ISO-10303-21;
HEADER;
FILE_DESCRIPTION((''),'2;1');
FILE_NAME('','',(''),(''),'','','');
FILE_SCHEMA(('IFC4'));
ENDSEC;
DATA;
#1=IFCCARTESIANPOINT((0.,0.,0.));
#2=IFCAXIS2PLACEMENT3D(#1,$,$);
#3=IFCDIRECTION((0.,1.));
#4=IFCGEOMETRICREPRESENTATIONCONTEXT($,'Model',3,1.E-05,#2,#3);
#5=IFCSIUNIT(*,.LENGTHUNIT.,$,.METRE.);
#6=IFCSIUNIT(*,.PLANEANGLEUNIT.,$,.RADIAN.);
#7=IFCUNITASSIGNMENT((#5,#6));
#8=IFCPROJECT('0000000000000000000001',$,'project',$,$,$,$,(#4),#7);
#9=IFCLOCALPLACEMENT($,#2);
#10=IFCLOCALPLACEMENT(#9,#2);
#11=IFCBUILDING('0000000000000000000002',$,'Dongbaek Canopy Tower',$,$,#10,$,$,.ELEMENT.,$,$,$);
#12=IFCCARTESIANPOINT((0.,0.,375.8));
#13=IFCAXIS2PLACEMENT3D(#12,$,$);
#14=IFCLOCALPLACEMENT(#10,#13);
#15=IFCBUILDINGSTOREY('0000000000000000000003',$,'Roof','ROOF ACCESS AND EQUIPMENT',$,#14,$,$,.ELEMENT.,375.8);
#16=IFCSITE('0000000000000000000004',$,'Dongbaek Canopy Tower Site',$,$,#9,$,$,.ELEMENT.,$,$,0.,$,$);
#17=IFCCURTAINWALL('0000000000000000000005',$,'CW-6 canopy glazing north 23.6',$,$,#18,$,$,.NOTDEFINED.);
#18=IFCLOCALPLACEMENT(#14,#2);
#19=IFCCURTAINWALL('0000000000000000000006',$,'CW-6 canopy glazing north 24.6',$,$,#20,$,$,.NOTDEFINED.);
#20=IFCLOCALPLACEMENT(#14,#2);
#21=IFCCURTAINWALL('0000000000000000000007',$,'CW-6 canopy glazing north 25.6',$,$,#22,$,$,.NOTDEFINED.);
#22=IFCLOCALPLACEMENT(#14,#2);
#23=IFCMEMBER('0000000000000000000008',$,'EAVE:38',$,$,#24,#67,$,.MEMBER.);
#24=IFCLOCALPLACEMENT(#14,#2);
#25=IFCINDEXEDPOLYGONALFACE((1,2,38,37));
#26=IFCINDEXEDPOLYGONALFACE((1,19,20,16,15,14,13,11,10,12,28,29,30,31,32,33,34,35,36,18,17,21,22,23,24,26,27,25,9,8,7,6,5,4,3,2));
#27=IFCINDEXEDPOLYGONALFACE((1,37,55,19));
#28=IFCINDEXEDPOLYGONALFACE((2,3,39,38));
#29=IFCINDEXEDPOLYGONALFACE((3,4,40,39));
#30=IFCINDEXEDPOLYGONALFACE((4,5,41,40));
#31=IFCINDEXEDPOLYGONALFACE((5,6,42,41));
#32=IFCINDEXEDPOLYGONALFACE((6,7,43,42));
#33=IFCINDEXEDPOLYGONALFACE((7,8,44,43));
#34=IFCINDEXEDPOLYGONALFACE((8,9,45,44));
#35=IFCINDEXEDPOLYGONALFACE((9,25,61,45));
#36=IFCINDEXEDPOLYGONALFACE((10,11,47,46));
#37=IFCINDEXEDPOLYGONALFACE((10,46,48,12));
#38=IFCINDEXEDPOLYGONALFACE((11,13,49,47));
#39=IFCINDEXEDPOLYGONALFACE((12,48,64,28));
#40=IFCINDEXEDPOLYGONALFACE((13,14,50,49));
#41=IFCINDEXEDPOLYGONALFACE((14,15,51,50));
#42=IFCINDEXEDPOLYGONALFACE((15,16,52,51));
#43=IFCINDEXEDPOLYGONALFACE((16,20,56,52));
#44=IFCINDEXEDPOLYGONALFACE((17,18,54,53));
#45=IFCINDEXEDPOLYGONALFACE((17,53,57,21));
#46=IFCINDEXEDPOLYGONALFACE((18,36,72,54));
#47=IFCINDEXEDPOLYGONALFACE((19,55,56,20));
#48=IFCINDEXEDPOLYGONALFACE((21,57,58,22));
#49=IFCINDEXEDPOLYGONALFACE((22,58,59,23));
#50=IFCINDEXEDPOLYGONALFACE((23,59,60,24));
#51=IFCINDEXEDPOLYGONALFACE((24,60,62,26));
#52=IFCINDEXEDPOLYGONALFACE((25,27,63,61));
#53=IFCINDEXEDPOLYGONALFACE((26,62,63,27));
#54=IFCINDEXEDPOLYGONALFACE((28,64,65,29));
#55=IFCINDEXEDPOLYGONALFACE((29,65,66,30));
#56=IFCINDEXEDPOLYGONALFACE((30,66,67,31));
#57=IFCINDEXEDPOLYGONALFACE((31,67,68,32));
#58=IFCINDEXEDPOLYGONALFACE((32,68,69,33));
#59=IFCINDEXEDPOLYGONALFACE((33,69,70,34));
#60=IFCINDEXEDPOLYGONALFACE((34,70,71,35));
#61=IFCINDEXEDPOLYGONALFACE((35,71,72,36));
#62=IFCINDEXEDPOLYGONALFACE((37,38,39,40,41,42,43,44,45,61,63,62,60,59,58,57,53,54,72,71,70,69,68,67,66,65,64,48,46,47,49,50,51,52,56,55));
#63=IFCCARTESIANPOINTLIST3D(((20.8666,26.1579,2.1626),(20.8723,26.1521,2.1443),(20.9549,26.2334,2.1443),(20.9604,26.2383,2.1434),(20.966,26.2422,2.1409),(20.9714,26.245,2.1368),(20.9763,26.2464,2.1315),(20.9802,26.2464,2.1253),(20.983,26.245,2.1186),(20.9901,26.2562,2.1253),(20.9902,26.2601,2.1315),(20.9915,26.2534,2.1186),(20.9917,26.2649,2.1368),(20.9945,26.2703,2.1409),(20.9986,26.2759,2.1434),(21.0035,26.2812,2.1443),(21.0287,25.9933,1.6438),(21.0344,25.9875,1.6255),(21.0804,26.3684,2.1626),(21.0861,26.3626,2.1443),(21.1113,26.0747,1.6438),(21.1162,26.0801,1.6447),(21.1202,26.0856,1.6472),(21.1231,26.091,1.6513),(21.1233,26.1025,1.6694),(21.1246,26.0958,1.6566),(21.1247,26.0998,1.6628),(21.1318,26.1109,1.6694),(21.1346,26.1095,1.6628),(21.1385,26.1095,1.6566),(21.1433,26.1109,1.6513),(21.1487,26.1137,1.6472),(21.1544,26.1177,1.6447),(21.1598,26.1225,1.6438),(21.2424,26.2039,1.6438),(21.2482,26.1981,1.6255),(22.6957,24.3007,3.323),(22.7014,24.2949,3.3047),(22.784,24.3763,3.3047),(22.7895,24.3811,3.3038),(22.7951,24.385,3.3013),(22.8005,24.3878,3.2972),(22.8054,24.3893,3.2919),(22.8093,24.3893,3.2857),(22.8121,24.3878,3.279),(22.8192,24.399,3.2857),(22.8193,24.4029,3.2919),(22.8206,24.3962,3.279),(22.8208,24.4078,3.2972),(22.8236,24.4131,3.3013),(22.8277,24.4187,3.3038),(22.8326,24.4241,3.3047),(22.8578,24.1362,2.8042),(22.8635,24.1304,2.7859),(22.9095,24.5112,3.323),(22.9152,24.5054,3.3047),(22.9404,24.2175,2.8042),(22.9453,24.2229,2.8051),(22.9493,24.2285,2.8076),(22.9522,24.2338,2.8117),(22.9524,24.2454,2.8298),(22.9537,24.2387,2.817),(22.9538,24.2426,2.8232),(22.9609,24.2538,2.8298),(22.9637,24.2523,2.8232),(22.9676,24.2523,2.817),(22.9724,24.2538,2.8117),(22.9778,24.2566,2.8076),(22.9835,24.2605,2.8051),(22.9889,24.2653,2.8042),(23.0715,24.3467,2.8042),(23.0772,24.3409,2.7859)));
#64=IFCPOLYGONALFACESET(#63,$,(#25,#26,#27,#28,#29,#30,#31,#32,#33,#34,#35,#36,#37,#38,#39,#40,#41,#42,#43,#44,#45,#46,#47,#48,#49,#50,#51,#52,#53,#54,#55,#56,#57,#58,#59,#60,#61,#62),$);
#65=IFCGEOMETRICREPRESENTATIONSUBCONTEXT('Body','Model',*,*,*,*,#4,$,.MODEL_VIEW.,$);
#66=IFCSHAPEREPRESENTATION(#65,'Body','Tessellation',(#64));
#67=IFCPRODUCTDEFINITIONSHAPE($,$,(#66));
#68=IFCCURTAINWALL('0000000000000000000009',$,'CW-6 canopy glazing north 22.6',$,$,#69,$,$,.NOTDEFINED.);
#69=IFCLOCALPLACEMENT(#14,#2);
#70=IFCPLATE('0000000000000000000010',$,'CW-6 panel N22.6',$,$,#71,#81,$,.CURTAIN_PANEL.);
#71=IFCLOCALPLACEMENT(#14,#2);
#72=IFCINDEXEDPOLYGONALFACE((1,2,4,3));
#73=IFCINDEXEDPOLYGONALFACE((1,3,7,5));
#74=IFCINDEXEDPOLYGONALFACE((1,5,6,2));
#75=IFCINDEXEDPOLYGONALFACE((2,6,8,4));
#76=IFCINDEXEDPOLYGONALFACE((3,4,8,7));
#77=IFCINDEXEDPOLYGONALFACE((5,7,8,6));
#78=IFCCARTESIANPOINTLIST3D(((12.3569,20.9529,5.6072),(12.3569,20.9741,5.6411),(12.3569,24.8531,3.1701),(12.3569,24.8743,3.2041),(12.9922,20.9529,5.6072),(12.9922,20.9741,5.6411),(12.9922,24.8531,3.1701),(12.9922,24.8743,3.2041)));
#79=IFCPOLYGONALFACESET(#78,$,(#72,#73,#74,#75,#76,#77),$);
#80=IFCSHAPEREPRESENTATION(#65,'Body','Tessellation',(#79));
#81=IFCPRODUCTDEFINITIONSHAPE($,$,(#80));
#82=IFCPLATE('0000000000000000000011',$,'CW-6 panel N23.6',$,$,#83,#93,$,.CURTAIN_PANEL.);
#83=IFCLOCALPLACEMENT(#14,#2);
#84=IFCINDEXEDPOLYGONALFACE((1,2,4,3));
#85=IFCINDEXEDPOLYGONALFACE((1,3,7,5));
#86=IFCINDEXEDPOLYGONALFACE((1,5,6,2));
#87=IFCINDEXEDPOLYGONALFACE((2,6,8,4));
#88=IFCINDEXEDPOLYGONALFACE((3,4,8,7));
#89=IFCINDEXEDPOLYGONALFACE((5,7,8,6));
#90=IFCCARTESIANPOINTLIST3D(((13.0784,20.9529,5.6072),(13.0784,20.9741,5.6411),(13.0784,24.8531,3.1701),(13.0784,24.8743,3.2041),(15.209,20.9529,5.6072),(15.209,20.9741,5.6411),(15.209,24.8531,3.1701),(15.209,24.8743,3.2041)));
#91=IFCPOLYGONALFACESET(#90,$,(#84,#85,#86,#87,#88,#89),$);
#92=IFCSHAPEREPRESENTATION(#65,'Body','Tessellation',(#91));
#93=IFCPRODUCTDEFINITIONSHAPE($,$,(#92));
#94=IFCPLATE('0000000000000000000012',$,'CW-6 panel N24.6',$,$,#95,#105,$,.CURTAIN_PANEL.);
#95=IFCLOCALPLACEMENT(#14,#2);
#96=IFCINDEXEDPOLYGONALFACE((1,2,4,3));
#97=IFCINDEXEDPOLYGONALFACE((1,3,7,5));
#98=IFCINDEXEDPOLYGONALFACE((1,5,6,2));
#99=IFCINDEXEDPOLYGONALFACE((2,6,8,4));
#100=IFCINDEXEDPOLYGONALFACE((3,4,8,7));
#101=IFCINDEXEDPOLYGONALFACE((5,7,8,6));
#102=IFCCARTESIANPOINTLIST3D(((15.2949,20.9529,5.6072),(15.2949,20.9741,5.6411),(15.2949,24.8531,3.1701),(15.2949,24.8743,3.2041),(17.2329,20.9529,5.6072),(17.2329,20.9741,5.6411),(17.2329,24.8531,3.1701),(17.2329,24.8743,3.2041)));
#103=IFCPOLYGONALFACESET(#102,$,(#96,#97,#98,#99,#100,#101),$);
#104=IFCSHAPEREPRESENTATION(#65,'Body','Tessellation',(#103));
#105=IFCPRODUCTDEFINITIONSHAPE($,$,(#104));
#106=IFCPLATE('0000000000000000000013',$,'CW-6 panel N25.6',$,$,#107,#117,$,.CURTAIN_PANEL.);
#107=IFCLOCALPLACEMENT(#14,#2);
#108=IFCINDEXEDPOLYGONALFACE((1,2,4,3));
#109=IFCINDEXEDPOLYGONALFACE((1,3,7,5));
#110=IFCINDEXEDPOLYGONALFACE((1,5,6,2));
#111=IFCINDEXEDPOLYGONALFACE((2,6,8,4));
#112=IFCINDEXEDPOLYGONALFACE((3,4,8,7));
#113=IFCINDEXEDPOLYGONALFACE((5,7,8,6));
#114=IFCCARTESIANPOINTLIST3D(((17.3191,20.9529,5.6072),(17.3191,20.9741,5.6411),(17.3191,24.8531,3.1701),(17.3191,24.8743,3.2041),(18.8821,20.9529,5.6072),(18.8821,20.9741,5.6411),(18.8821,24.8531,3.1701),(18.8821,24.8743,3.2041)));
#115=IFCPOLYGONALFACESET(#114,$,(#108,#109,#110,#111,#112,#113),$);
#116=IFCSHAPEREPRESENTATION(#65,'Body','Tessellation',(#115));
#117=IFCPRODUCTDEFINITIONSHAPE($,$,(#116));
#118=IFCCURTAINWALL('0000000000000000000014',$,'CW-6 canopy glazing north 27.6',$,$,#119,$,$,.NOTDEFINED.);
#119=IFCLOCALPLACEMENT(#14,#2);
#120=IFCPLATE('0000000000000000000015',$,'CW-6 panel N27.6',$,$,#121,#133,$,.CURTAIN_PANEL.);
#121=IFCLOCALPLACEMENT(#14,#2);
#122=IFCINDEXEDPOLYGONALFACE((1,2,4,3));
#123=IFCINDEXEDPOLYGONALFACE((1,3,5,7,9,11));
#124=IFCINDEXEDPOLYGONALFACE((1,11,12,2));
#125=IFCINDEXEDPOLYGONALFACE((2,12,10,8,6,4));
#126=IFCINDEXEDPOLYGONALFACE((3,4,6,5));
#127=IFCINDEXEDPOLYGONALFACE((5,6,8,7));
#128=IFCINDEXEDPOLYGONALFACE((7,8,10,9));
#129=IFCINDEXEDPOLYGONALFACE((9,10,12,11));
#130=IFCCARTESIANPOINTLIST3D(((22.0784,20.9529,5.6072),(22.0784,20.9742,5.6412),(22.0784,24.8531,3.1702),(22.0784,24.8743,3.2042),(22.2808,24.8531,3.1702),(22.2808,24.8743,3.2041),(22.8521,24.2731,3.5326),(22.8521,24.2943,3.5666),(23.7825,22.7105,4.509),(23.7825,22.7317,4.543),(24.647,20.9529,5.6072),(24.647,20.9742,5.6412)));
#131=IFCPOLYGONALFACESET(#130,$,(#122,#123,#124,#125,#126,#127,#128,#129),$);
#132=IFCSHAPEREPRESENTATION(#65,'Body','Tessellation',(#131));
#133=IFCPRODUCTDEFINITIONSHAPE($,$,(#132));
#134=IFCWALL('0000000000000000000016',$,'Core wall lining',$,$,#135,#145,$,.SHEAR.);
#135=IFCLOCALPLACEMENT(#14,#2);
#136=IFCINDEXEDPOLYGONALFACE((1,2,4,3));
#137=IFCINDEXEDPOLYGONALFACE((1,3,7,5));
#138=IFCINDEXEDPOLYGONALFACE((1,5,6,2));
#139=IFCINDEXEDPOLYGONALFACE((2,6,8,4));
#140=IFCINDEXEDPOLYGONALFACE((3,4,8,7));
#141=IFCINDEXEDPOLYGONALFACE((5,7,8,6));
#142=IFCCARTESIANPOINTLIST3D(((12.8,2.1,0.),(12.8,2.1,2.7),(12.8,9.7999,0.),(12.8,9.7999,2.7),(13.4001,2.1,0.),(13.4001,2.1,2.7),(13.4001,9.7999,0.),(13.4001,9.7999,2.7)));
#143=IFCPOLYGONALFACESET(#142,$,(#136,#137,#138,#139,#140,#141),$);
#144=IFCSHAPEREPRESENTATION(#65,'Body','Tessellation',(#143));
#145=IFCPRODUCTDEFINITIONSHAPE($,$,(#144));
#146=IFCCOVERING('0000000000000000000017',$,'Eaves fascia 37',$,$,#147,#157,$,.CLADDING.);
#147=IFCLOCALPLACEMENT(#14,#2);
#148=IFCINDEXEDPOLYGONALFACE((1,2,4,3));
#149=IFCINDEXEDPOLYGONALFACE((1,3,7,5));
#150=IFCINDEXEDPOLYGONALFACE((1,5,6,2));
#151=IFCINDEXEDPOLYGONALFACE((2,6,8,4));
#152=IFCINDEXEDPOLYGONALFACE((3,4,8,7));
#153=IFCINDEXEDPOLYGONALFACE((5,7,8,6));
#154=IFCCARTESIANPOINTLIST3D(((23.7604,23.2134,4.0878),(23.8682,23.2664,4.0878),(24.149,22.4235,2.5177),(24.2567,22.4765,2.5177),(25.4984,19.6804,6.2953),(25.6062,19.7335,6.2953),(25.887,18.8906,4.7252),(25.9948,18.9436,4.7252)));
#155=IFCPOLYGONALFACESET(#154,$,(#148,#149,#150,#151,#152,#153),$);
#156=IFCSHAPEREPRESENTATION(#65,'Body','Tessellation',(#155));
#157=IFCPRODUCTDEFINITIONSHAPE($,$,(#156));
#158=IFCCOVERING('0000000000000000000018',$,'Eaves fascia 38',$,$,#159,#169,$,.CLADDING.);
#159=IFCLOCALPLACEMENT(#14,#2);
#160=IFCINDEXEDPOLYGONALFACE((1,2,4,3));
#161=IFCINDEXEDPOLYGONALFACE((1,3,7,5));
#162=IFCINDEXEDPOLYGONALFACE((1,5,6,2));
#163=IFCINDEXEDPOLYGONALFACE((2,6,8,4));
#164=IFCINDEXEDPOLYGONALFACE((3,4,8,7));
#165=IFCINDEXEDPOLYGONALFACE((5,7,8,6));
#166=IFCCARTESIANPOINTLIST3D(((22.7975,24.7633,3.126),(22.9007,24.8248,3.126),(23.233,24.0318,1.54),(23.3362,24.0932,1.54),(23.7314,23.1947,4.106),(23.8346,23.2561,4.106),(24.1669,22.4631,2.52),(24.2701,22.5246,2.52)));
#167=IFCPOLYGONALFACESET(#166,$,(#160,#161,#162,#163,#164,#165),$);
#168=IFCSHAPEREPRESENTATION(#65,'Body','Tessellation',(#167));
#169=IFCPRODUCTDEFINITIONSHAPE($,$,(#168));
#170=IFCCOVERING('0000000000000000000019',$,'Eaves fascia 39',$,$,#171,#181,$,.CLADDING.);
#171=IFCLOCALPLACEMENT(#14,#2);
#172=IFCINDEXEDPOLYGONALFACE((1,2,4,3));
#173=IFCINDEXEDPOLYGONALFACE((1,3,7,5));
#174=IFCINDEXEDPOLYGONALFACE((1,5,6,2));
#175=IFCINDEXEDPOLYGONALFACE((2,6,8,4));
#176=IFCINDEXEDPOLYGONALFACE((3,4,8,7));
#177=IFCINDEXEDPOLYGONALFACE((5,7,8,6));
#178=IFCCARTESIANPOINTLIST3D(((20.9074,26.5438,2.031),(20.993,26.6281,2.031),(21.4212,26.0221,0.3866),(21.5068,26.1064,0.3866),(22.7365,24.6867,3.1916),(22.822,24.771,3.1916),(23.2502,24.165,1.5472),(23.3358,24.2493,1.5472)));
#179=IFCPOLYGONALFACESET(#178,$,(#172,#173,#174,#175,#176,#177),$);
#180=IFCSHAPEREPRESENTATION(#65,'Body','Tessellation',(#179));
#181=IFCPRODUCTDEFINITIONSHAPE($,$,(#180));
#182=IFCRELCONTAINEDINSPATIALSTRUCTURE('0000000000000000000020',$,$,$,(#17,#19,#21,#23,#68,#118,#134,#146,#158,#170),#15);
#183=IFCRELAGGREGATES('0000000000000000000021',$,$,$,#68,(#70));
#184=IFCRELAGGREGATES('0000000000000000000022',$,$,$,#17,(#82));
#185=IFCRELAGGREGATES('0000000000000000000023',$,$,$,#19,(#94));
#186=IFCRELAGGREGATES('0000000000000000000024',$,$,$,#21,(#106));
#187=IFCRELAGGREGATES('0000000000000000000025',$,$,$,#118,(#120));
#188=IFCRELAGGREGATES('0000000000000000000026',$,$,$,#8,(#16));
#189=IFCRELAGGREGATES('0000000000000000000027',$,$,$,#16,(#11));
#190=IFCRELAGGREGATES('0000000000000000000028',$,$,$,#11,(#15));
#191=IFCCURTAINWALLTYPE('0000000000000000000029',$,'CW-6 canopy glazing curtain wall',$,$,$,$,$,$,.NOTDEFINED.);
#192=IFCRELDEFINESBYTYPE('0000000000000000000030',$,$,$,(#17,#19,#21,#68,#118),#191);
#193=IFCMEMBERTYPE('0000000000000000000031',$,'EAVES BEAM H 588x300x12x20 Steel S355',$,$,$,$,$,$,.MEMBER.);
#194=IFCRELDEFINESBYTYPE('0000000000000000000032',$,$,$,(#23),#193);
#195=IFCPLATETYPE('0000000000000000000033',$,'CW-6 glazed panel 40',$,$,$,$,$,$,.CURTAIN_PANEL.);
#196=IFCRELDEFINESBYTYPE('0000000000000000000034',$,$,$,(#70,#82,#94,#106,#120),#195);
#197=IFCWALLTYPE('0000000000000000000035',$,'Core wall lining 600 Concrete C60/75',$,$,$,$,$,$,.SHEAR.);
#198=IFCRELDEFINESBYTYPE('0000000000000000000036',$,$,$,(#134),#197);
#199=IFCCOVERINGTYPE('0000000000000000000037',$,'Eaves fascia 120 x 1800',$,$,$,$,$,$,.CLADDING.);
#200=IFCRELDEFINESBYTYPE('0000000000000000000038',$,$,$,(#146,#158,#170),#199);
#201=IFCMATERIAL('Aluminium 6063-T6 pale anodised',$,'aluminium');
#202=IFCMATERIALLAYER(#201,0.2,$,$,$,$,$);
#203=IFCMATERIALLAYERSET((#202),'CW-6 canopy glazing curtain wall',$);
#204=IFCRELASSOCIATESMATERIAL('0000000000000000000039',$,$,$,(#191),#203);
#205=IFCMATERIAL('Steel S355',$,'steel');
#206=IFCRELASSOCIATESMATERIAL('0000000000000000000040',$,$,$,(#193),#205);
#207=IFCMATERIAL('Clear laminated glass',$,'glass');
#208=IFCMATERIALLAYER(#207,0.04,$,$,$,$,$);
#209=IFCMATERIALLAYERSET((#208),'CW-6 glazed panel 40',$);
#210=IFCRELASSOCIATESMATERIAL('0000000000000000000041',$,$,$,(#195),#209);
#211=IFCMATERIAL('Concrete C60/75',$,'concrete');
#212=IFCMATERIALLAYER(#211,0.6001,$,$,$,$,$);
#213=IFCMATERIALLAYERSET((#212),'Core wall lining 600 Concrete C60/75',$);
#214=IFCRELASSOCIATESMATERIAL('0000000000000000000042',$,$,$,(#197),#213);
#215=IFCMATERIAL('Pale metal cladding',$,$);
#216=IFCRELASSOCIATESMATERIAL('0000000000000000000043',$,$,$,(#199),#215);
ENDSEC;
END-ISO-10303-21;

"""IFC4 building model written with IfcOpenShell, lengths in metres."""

from ifc_helpers import new_model, si_unit, direction, frame, frame_2d, origin, origin_2d, place, context, subcontext, project, spatial, polyline, rectangle, i_section, outline, extrude, material, layer, layer_set, material_profile, profile_set, type_object, element, aggregate, save


model = new_model("IFC4")

# Units and contexts
model_context = context("Model", 3, precision=1e-05, world=origin(), true_north=direction((0.0, 1.0)))
body_context = subcontext(model_context, "Body", "Model", "MODEL_VIEW")
ifc_project = project(units=[si_unit("LENGTHUNIT", "METRE"), si_unit("PLANEANGLEUNIT", "RADIAN")], contexts=[model_context])

# Site, building, storey
site_placement = place(None, origin())
site = spatial("IfcSite", under=ifc_project, at=site_placement, Name="Dongbaek Canopy Tower Site", CompositionType="ELEMENT", RefElevation=0.0)
building_placement = place(site_placement, origin())
building = spatial("IfcBuilding", under=site, at=building_placement, Name="Dongbaek Canopy Tower", CompositionType="ELEMENT")
storey_placement = place(building_placement, frame((0.0, 0.0, 375.8)))
storey = spatial("IfcBuildingStorey", under=building, at=storey_placement, Name="Roof", Description="ROOF ACCESS AND EQUIPMENT", CompositionType="ELEMENT", Elevation=375.8)

# Curtain walls
ifc_material_1 = material(Name="Aluminium 6063-T6 pale anodised", Category="aluminium")
ifc_layer_1 = layer(ifc_material_1, 0.2)
ifc_layer_set_1 = layer_set([ifc_layer_1], Name="CW-6 canopy glazing curtain wall")
curtain_wall_type = type_object("IfcCurtainWallType", Name="CW-6 canopy glazing curtain wall", PredefinedType="NOTDEFINED", material=ifc_layer_set_1)
curtain_wall_1_placement = place(storey_placement, origin())
curtain_wall_1 = element("IfcCurtainWall", 1, at=curtain_wall_1_placement, inside=storey, type_object=curtain_wall_type, Name="CW-6 canopy glazing north 23.6", PredefinedType="NOTDEFINED")
curtain_wall_2_placement = place(storey_placement, origin())
curtain_wall_2 = element("IfcCurtainWall", 2, at=curtain_wall_2_placement, inside=storey, type_object=curtain_wall_type, Name="CW-6 canopy glazing north 24.6", PredefinedType="NOTDEFINED")
curtain_wall_3_placement = place(storey_placement, origin())
curtain_wall_3 = element("IfcCurtainWall", 3, at=curtain_wall_3_placement, inside=storey, type_object=curtain_wall_type, Name="CW-6 canopy glazing north 25.6", PredefinedType="NOTDEFINED")

# Member
ifc_material_2 = material(Name="Steel S355", Category="steel")
ifc_material_profile_1 = material_profile(ifc_material_2, i_section(OverallWidth=0.3, OverallDepth=0.5879, WebThickness=0.012, FlangeThickness=0.02, FilletRadius=0.0281, at=origin_2d()), Name="EAVES BEAM H 588x300x12x20 Steel S355")
ifc_profile_set_1 = profile_set([ifc_material_profile_1], Name="Steel S355")
member_type_1 = type_object("IfcMemberType", Name="EAVES BEAM H 588x300x12x20 Steel S355", PredefinedType="MEMBER", material=ifc_profile_set_1)
member_1_placement = place(storey_placement, frame((22.8865, 24.3208, 3.0544), z_axis=(-0.641051, 0.65089, -0.406689), x_axis=(-0.712472, -0.701701, 0.0)))
element("IfcMember", 4, at=member_1_placement, inside=storey, type_object=member_type_1, Name="EAVE:38", PredefinedType="MEMBER", context=body_context, shape_type="SweptSolid", body=[
    extrude(i_section(OverallWidth=0.3, OverallDepth=0.5879, WebThickness=0.012, FlangeThickness=0.02, FilletRadius=0.0281, at=origin_2d()), origin(), (0.0, 0.0, 1.0), 2.8533),
])

# Curtain wall, plate
curtain_wall_4_placement = place(storey_placement, origin())
curtain_wall_4 = element("IfcCurtainWall", 5, at=curtain_wall_4_placement, inside=storey, type_object=curtain_wall_type, Name="CW-6 canopy glazing north 22.6", PredefinedType="NOTDEFINED")
ifc_material_3 = material(Name="Clear laminated glass", Category="glass")
ifc_layer_2 = layer(ifc_material_3, 0.04)
ifc_layer_set_2 = layer_set([ifc_layer_2], Name="CW-6 glazed panel 40")
plate_type = type_object("IfcPlateType", Name="CW-6 glazed panel 40", PredefinedType="CURTAIN_PANEL", material=ifc_layer_set_2)
plate_1_placement = place(storey_placement, frame((12.9922, 20.9741, 5.6411), z_axis=(0.0, 0.529908, 0.848055), x_axis=(-1.0, 0.0, 0.0)))
plate_1 = element("IfcPlate", 6, at=plate_1_placement, type_object=plate_type, Name="CW-6 panel N22.6", PredefinedType="CURTAIN_PANEL", context=body_context, shape_type="SweptSolid", body=[
    extrude(outline(polyline([(0.0, 0.0), (0.6353, 0.0), (0.6353, -4.5989), (0.0, -4.5989), (0.0, 0.0)])), origin(), (0.0, 0.0, -1.0), 0.04),
])
aggregate(curtain_wall_4, [plate_1])

# Plates
plate_2_placement = place(storey_placement, frame((15.209, 20.9741, 5.6411), z_axis=(0.0, 0.529908, 0.848055), x_axis=(-1.0, 0.0, 0.0)))
plate_2 = element("IfcPlate", 7, at=plate_2_placement, type_object=plate_type, Name="CW-6 panel N23.6", PredefinedType="CURTAIN_PANEL", context=body_context, shape_type="SweptSolid", body=[
    extrude(outline(polyline([(0.0, 0.0), (2.1306, 0.0), (2.1306, -4.5989), (0.0, -4.5989), (0.0, 0.0)])), origin(), (0.0, 0.0, -1.0), 0.04),
])
aggregate(curtain_wall_1, [plate_2])
plate_3_placement = place(storey_placement, frame((17.2329, 20.9741, 5.6411), z_axis=(0.0, 0.529908, 0.848055), x_axis=(-1.0, 0.0, 0.0)))
plate_3 = element("IfcPlate", 8, at=plate_3_placement, type_object=plate_type, Name="CW-6 panel N24.6", PredefinedType="CURTAIN_PANEL", context=body_context, shape_type="SweptSolid", body=[
    extrude(outline(polyline([(0.0, 0.0), (1.938, 0.0), (1.938, -4.5989), (0.0, -4.5989), (0.0, 0.0)])), origin(), (0.0, 0.0, -1.0), 0.04),
])
aggregate(curtain_wall_2, [plate_3])
plate_4_placement = place(storey_placement, frame((18.8821, 20.9741, 5.6411), z_axis=(0.0, 0.529908, 0.848055), x_axis=(-1.0, 0.0, 0.0)))
plate_4 = element("IfcPlate", 9, at=plate_4_placement, type_object=plate_type, Name="CW-6 panel N25.6", PredefinedType="CURTAIN_PANEL", context=body_context, shape_type="SweptSolid", body=[
    extrude(outline(polyline([(0.0, 0.0), (1.563, 0.0), (1.563, -4.5989), (0.0, -4.5989), (0.0, 0.0)])), origin(), (0.0, 0.0, -1.0), 0.04),
])
aggregate(curtain_wall_3, [plate_4])

# Curtain wall, plate
curtain_wall_5_placement = place(storey_placement, origin())
curtain_wall_5 = element("IfcCurtainWall", 10, at=curtain_wall_5_placement, inside=storey, type_object=curtain_wall_type, Name="CW-6 canopy glazing north 27.6", PredefinedType="NOTDEFINED")
plate_5_placement = place(storey_placement, frame((23.7825, 22.7317, 4.543), z_axis=(0.000006, 0.529914, 0.848052), x_axis=(0.384991, -0.782686, 0.489066)))
plate_5 = element("IfcPlate", 11, at=plate_5_placement, type_object=plate_type, Name="CW-6 panel N27.6", PredefinedType="CURTAIN_PANEL", context=body_context, shape_type="SweptSolid", body=[
    extrude(outline(polyline([(0.0, 0.0), (2.2455, 0.0), (1.2566, -2.3706), (-2.9878, -0.6001), (-2.9099, -0.4133), (-2.0588, -0.1493), (0.0, 0.0)])), origin(), (0.0, 0.0, -1.0), 0.04),
])
aggregate(curtain_wall_5, [plate_5])

# Wall
ifc_material_4 = material(Name="Concrete C60/75", Category="concrete")
ifc_layer_3 = layer(ifc_material_4, 0.6001)
ifc_layer_set_3 = layer_set([ifc_layer_3], Name="Core wall lining 600 Concrete C60/75")
wall_type = type_object("IfcWallType", Name="Core wall lining 600 Concrete C60/75", PredefinedType="SHEAR", material=ifc_layer_set_3)
wall_placement = place(storey_placement, frame((13.1001, 9.8, 0.0), z_axis=(0.0, 0.0, 1.0), x_axis=(0.0, -1.0, 0.0)))
element("IfcWall", 12, at=wall_placement, inside=storey, type_object=wall_type, Name="Core wall lining", PredefinedType="SHEAR", context=body_context, shape_type="SweptSolid", body=[
    extrude(rectangle(XDim=7.7, YDim=0.6001, at=frame_2d((3.8501, 0.0))), origin(), (0.0, 0.0, 1.0), 2.7),
])

# Coverings
ifc_material_5 = material(Name="Pale metal cladding")
ifc_material_profile_2 = material_profile(ifc_material_5, rectangle(XDim=0.1201, YDim=1.8, at=origin_2d()), Name="Eaves fascia 120 x 1800")
ifc_profile_set_2 = profile_set([ifc_material_profile_2], Name="Pale metal cladding")
covering_type = type_object("IfcCoveringType", Name="Eaves fascia 120 x 1800", PredefinedType="CLADDING", material=ifc_profile_set_2)
covering_1_placement = place(storey_placement, frame((25.7466, 19.312, 5.5103), z_axis=(-0.385037, 0.782676, -0.489044), x_axis=(-0.897298, -0.441425, 0.0)))
element("IfcCovering", 13, at=covering_1_placement, inside=storey, type_object=covering_type, Name="Eaves fascia 37", PredefinedType="CLADDING", context=body_context, shape_type="SweptSolid", body=[
    extrude(rectangle(XDim=0.1201, YDim=1.8, at=origin_2d()), origin(), (0.0, 0.0, 1.0), 4.5139),
])
covering_2_placement = place(storey_placement, frame((24.0007, 22.8596, 3.313), z_axis=(-0.450707, 0.75707, -0.472977), x_axis=(-0.859258, -0.511543, 0.0)))
element("IfcCovering", 14, at=covering_2_placement, inside=storey, type_object=covering_type, Name="Eaves fascia 38", PredefinedType="CLADDING", context=body_context, shape_type="SweptSolid", body=[
    extrude(rectangle(XDim=0.1201, YDim=1.8, at=origin_2d()), origin(), (0.0, 0.0, 1.0), 2.072),
])
covering_3_placement = place(storey_placement, frame((23.0361, 24.468, 2.3694), z_axis=(-0.641028, 0.650868, -0.40676), x_axis=(-0.712472, -0.701701, 0.0)))
element("IfcCovering", 15, at=covering_3_placement, inside=storey, type_object=covering_type, Name="Eaves fascia 39", PredefinedType="CLADDING", context=body_context, shape_type="SweptSolid", body=[
    extrude(rectangle(XDim=0.1201, YDim=1.8, at=origin_2d()), origin(), (0.0, 0.0, 1.0), 2.8533),
])

save(model, "model.ifc")
